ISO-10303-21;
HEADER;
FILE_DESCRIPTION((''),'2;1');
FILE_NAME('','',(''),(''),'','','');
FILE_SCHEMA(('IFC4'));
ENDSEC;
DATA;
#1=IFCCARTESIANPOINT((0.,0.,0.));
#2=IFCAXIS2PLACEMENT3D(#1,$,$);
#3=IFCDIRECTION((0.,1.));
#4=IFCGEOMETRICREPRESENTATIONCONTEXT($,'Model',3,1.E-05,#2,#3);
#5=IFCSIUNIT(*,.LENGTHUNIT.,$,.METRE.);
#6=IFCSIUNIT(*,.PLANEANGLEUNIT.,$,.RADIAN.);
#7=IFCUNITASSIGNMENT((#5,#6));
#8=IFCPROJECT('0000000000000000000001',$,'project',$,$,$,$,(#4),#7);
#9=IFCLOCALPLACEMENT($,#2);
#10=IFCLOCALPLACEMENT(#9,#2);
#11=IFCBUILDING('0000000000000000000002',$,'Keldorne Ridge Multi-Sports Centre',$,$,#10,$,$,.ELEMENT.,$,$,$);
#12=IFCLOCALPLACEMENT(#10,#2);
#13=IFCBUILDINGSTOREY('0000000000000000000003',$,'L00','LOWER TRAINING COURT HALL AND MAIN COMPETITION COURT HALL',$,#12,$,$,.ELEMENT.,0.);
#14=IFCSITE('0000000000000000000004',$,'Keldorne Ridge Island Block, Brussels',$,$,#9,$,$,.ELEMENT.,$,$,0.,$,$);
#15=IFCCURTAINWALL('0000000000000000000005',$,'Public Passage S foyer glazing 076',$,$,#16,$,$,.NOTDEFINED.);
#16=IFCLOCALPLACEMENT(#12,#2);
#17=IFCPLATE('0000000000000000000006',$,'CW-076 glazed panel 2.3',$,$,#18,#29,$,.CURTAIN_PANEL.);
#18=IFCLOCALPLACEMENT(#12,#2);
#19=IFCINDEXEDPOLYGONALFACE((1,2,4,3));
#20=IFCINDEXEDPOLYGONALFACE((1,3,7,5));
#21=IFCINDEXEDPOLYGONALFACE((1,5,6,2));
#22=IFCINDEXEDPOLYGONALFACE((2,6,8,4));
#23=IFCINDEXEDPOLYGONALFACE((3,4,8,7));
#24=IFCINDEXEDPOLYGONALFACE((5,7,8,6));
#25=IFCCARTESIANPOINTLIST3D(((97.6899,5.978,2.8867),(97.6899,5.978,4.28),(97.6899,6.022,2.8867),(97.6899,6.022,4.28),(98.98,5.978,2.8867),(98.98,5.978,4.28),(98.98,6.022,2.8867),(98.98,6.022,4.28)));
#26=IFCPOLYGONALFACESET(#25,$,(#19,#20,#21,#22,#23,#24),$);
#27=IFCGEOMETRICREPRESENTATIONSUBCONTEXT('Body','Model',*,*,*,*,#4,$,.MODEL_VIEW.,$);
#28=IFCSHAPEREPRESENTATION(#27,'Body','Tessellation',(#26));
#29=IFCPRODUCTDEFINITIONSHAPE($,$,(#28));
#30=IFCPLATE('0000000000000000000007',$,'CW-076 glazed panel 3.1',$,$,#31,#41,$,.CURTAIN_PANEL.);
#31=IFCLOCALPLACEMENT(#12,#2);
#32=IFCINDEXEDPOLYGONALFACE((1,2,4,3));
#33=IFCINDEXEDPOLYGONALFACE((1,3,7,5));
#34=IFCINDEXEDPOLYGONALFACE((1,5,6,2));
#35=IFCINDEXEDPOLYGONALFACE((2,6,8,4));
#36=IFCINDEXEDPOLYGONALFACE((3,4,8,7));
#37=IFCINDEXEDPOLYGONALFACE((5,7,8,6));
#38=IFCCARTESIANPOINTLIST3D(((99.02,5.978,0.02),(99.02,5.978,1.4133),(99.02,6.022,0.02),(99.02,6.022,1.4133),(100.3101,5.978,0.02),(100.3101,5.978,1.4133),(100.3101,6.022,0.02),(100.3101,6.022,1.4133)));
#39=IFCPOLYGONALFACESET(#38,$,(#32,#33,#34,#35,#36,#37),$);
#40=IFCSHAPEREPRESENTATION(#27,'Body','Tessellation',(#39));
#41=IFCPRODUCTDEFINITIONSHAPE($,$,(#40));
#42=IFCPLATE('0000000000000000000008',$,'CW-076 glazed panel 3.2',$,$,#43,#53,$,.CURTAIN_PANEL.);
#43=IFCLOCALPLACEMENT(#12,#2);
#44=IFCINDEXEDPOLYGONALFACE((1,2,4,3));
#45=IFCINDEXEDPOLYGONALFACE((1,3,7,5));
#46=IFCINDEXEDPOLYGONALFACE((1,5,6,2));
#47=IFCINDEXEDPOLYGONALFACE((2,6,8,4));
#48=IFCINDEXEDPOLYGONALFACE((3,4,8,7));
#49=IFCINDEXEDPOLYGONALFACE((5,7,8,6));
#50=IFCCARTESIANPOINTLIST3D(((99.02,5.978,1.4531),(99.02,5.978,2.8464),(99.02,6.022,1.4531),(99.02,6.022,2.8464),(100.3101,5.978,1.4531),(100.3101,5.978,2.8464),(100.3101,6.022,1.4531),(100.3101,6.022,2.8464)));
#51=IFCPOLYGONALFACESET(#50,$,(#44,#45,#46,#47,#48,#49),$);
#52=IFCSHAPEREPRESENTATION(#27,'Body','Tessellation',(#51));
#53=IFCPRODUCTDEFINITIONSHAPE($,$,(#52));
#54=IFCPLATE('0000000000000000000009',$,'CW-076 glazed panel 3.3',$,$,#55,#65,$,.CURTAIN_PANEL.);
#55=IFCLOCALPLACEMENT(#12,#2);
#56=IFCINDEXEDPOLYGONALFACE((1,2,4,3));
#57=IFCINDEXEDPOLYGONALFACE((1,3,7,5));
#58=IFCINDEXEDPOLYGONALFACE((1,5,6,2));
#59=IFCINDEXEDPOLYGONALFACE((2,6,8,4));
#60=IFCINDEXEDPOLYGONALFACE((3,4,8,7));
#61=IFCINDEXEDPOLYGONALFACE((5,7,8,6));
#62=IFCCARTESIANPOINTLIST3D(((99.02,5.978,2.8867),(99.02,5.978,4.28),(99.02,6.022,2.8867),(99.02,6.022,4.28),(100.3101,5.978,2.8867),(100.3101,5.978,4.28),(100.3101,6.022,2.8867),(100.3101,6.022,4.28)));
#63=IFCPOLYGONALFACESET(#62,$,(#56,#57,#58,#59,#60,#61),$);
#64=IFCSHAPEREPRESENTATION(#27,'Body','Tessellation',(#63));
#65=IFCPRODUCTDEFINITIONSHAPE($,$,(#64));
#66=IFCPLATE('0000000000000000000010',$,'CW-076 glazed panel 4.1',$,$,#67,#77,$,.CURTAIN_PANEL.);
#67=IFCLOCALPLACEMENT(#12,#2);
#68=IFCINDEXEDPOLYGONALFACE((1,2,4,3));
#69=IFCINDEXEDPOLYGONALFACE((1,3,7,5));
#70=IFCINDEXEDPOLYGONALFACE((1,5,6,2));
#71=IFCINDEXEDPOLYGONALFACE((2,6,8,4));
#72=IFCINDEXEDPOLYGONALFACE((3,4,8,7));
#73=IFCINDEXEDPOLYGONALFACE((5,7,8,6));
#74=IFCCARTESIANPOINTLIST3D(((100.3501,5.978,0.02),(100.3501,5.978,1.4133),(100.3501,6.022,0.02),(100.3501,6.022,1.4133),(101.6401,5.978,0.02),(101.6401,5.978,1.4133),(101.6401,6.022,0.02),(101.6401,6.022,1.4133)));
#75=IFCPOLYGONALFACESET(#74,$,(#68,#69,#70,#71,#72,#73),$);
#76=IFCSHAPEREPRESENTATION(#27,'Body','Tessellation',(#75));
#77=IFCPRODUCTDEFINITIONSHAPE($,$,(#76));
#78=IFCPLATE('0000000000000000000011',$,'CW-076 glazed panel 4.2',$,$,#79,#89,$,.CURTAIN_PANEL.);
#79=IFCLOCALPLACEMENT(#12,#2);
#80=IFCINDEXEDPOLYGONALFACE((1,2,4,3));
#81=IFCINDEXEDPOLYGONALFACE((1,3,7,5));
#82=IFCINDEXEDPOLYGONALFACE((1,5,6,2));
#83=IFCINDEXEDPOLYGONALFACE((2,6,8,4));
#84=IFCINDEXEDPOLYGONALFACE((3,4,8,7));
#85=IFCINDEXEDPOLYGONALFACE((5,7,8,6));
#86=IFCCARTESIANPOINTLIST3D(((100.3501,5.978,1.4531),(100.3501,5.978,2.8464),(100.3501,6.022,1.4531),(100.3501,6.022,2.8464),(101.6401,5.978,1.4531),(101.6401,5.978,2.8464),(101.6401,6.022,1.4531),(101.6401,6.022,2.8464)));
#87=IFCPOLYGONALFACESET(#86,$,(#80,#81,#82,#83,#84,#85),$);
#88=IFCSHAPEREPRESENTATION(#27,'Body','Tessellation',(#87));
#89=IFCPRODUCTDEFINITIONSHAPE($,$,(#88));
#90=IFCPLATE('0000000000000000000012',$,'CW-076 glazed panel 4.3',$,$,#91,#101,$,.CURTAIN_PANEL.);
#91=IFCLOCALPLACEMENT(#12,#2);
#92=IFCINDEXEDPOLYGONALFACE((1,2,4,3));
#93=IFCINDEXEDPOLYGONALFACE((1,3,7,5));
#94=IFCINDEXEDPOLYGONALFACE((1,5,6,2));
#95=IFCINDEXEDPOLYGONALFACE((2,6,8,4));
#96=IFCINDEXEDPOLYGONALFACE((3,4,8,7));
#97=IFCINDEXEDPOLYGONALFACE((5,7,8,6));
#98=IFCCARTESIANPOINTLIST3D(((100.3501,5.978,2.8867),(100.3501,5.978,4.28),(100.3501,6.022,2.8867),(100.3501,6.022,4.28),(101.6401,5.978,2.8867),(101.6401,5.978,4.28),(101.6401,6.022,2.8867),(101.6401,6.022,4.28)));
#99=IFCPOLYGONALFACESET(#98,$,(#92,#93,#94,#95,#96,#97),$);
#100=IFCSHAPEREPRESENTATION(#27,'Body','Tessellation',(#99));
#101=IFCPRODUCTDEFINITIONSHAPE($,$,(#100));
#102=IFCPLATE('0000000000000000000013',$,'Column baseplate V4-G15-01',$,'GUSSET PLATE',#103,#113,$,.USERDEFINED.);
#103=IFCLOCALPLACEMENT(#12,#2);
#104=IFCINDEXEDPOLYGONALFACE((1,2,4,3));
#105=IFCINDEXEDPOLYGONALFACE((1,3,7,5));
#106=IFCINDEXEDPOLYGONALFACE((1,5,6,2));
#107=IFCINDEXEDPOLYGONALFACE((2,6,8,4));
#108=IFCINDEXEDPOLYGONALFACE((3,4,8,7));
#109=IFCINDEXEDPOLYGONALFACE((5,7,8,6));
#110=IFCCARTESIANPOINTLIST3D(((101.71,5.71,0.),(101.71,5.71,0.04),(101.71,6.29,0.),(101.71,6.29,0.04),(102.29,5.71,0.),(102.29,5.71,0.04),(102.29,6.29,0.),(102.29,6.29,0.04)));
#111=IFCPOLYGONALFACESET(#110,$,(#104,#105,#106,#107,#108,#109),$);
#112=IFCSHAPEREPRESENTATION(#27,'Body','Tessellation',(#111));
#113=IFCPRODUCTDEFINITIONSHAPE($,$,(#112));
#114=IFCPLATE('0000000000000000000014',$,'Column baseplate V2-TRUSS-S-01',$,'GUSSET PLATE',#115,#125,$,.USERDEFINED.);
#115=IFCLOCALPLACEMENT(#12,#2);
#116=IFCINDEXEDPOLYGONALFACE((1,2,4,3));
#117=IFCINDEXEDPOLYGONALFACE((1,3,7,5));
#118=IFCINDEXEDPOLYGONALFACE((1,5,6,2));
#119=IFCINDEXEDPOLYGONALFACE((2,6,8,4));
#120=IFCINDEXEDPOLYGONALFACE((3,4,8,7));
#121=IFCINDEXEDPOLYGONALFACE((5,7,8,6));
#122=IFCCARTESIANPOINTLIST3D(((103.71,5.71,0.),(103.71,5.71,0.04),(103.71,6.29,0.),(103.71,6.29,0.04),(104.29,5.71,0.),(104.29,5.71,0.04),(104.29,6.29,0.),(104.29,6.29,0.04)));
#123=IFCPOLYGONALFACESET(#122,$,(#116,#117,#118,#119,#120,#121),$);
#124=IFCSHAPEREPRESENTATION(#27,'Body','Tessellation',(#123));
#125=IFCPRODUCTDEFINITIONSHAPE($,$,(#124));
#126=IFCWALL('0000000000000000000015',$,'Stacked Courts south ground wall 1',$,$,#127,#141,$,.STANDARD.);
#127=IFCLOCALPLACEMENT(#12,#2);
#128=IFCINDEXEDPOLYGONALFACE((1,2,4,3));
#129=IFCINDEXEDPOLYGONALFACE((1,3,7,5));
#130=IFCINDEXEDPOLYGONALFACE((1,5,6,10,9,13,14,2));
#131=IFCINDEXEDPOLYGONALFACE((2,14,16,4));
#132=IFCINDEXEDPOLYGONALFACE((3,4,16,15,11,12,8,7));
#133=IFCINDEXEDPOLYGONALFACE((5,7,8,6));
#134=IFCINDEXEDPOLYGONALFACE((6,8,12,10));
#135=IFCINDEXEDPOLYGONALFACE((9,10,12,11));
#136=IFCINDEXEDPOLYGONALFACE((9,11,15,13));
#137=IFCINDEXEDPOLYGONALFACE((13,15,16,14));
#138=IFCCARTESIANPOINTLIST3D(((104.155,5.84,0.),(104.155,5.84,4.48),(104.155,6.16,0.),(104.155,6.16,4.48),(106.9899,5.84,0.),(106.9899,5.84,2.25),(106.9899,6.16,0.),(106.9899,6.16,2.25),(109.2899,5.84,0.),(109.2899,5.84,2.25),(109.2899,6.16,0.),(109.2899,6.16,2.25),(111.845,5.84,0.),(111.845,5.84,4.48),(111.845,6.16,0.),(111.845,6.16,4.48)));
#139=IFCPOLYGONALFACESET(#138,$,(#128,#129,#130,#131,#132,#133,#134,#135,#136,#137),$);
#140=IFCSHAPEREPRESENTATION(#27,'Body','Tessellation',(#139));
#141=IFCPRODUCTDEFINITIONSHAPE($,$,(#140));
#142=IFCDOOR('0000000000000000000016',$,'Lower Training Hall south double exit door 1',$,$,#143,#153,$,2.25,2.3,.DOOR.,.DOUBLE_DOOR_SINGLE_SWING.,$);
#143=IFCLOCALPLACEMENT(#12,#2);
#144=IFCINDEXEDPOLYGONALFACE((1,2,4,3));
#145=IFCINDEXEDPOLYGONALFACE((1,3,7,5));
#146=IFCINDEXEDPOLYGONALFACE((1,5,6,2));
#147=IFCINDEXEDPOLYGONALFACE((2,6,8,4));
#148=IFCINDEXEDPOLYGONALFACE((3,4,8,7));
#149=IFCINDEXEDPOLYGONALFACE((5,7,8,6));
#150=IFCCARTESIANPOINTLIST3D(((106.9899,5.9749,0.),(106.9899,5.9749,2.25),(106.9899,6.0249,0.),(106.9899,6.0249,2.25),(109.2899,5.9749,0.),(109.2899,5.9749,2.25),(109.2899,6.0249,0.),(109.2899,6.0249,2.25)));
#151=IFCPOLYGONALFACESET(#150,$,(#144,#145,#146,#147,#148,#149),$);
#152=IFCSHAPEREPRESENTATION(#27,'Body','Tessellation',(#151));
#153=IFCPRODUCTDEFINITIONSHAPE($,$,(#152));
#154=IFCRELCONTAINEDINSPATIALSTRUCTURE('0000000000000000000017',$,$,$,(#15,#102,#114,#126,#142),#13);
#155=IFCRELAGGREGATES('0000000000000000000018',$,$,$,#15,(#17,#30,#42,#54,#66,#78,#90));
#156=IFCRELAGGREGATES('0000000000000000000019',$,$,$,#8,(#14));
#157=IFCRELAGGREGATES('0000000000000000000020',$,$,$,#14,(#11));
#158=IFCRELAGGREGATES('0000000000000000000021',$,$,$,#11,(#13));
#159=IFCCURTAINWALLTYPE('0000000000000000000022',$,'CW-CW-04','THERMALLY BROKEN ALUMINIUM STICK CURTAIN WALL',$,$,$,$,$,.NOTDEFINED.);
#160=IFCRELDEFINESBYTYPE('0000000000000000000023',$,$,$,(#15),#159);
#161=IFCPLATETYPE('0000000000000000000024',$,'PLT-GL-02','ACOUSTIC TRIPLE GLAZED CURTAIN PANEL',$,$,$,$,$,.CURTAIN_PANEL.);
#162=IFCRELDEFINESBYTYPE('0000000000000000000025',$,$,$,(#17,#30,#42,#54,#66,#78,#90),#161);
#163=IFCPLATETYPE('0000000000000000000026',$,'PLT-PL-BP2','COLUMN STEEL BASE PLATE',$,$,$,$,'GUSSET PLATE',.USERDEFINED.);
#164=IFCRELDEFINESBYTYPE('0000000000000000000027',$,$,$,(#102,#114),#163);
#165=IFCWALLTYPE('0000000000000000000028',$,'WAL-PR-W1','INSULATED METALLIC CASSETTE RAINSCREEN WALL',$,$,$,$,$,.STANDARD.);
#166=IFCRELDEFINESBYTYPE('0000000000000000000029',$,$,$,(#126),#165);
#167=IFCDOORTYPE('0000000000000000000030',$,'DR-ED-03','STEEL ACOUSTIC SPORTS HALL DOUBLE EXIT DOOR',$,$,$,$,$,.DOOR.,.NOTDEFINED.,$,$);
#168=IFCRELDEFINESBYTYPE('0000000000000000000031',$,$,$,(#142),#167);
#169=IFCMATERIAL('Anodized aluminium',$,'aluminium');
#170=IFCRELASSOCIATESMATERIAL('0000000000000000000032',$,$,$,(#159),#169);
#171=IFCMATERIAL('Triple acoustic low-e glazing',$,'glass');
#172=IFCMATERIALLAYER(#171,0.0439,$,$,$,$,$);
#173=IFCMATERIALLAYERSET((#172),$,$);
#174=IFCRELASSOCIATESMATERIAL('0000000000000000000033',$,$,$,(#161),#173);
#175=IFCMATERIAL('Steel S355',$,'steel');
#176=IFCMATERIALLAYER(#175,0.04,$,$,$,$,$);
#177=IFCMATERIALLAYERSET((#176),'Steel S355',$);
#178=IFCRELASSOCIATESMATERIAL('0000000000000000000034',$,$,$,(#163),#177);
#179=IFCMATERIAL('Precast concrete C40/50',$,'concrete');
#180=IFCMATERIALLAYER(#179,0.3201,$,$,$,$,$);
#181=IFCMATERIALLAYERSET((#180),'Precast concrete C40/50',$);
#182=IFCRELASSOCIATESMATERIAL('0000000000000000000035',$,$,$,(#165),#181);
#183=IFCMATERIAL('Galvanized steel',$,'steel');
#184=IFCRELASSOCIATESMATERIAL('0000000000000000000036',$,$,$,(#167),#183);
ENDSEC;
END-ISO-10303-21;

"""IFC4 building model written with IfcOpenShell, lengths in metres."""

from ifc_helpers import new_model, si_unit, direction, frame, frame_2d, origin, origin_2d, place, context, subcontext, project, spatial, rectangle, extrude, material, layer, layer_set, type_object, element, fill, aggregate, save


model = new_model("IFC4")

# Units and contexts
model_context = context("Model", 3, precision=1e-05, world=origin(), true_north=direction((0.0, 1.0)))
body_context = subcontext(model_context, "Body", "Model", "MODEL_VIEW")
ifc_project = project(units=[si_unit("LENGTHUNIT", "METRE"), si_unit("PLANEANGLEUNIT", "RADIAN")], contexts=[model_context])

# Site, building, storey
site_placement = place(None, origin())
site = spatial("IfcSite", under=ifc_project, at=site_placement, Name="Keldorne Ridge Island Block, Brussels", CompositionType="ELEMENT", RefElevation=0.0)
building_placement = place(site_placement, origin())
building = spatial("IfcBuilding", under=site, at=building_placement, Name="Keldorne Ridge Multi-Sports Centre", CompositionType="ELEMENT")
storey_placement = place(building_placement, origin())
storey = spatial("IfcBuildingStorey", under=building, at=storey_placement, Name="L00", Description="LOWER TRAINING COURT HALL AND MAIN COMPETITION COURT HALL", CompositionType="ELEMENT", Elevation=0.0)

# Shared definitions
ifc_material_1 = material(Name="Steel S355", Category="steel")

# Curtain wall, plates
ifc_material_2 = material(Name="Anodized aluminium", Category="aluminium")
curtain_wall_type = type_object("IfcCurtainWallType", Name="CW-CW-04", Description="THERMALLY BROKEN ALUMINIUM STICK CURTAIN WALL", PredefinedType="NOTDEFINED", material=ifc_material_2)
curtain_wall_placement = place(storey_placement, origin())
curtain_wall = element("IfcCurtainWall", 1, at=curtain_wall_placement, inside=storey, type_object=curtain_wall_type, Name="Public Passage S foyer glazing 076", PredefinedType="NOTDEFINED")
ifc_material_3 = material(Name="Triple acoustic low-e glazing", Category="glass")
ifc_layer_1 = layer(ifc_material_3, 0.0439)
ifc_layer_set_1 = layer_set([ifc_layer_1])
plate_type_1 = type_object("IfcPlateType", Name="PLT-GL-02", Description="ACOUSTIC TRIPLE GLAZED CURTAIN PANEL", PredefinedType="CURTAIN_PANEL", material=ifc_layer_set_1)
plate_1_placement = place(storey_placement, frame((98.335, 6.0, 2.8867), z_axis=(0.0, 0.0, 1.0), x_axis=(1.0, 0.0, 0.0)))
plate_1 = element("IfcPlate", 2, at=plate_1_placement, type_object=plate_type_1, Name="CW-076 glazed panel 2.3", PredefinedType="CURTAIN_PANEL", context=body_context, shape_type="SweptSolid", body=[
    extrude(rectangle(XDim=1.29, YDim=0.0439, at=origin_2d()), origin(), (0.0, 0.0, 1.0), 1.3933),
])
plate_2_placement = place(storey_placement, frame((99.665, 6.0, 0.02), z_axis=(0.0, 0.0, 1.0), x_axis=(1.0, 0.0, 0.0)))
plate_2 = element("IfcPlate", 3, at=plate_2_placement, type_object=plate_type_1, Name="CW-076 glazed panel 3.1", PredefinedType="CURTAIN_PANEL", context=body_context, shape_type="SweptSolid", body=[
    extrude(rectangle(XDim=1.29, YDim=0.0439, at=origin_2d()), origin(), (0.0, 0.0, 1.0), 1.3933),
])
plate_3_placement = place(storey_placement, frame((99.665, 6.0, 1.4531), z_axis=(0.0, 0.0, 1.0), x_axis=(1.0, 0.0, 0.0)))
plate_3 = element("IfcPlate", 4, at=plate_3_placement, type_object=plate_type_1, Name="CW-076 glazed panel 3.2", PredefinedType="CURTAIN_PANEL", context=body_context, shape_type="SweptSolid", body=[
    extrude(rectangle(XDim=1.29, YDim=0.0439, at=origin_2d()), origin(), (0.0, 0.0, 1.0), 1.3933),
])
plate_4_placement = place(storey_placement, frame((99.665, 6.0, 2.8867), z_axis=(0.0, 0.0, 1.0), x_axis=(1.0, 0.0, 0.0)))
plate_4 = element("IfcPlate", 5, at=plate_4_placement, type_object=plate_type_1, Name="CW-076 glazed panel 3.3", PredefinedType="CURTAIN_PANEL", context=body_context, shape_type="SweptSolid", body=[
    extrude(rectangle(XDim=1.29, YDim=0.0439, at=origin_2d()), origin(), (0.0, 0.0, 1.0), 1.3933),
])
plate_5_placement = place(storey_placement, frame((100.9951, 6.0, 0.02), z_axis=(0.0, 0.0, 1.0), x_axis=(1.0, 0.0, 0.0)))
plate_5 = element("IfcPlate", 6, at=plate_5_placement, type_object=plate_type_1, Name="CW-076 glazed panel 4.1", PredefinedType="CURTAIN_PANEL", context=body_context, shape_type="SweptSolid", body=[
    extrude(rectangle(XDim=1.29, YDim=0.0439, at=origin_2d()), origin(), (0.0, 0.0, 1.0), 1.3933),
])
plate_6_placement = place(storey_placement, frame((100.9951, 6.0, 1.4531), z_axis=(0.0, 0.0, 1.0), x_axis=(1.0, 0.0, 0.0)))
plate_6 = element("IfcPlate", 7, at=plate_6_placement, type_object=plate_type_1, Name="CW-076 glazed panel 4.2", PredefinedType="CURTAIN_PANEL", context=body_context, shape_type="SweptSolid", body=[
    extrude(rectangle(XDim=1.29, YDim=0.0439, at=origin_2d()), origin(), (0.0, 0.0, 1.0), 1.3933),
])
plate_7_placement = place(storey_placement, frame((100.9951, 6.0, 2.8867), z_axis=(0.0, 0.0, 1.0), x_axis=(1.0, 0.0, 0.0)))
plate_7 = element("IfcPlate", 8, at=plate_7_placement, type_object=plate_type_1, Name="CW-076 glazed panel 4.3", PredefinedType="CURTAIN_PANEL", context=body_context, shape_type="SweptSolid", body=[
    extrude(rectangle(XDim=1.29, YDim=0.0439, at=origin_2d()), origin(), (0.0, 0.0, 1.0), 1.3933),
])
aggregate(curtain_wall, [plate_1, plate_2, plate_3, plate_4, plate_5, plate_6, plate_7])

# Plates
ifc_layer_2 = layer(ifc_material_1, 0.04)
ifc_layer_set_2 = layer_set([ifc_layer_2], Name="Steel S355")
plate_type_2 = type_object("IfcPlateType", Name="PLT-PL-BP2", Description="COLUMN STEEL BASE PLATE", ElementType="GUSSET PLATE", PredefinedType="USERDEFINED", material=ifc_layer_set_2)
for number, where, z_axis, x_axis, name in (
    (9, (102.0, 6.0, 0.0), (0.0, 0.0, 1.0), (1.0, 0.0, 0.0), "Column baseplate V4-G15-01"),
    (10, (104.0, 6.0, 0.0), (0.0, 0.0, 1.0), (1.0, 0.0, 0.0), "Column baseplate V2-TRUSS-S-01"),
):
    element("IfcPlate", number, at=place(storey_placement, frame(where, z_axis=z_axis, x_axis=x_axis)), inside=storey, type_object=plate_type_2, Name=name, ObjectType="GUSSET PLATE", PredefinedType="USERDEFINED", context=body_context, shape_type="SweptSolid", body=[
        extrude(rectangle(XDim=0.5801, YDim=0.5801, at=origin_2d()), origin(), (0.0, 0.0, 1.0), 0.04),
    ])

# Wall, opening, door
ifc_material_4 = material(Name="Precast concrete C40/50", Category="concrete")
ifc_layer_3 = layer(ifc_material_4, 0.3201)
ifc_layer_set_3 = layer_set([ifc_layer_3], Name="Precast concrete C40/50")
wall_type = type_object("IfcWallType", Name="WAL-PR-W1", Description="INSULATED METALLIC CASSETTE RAINSCREEN WALL", PredefinedType="STANDARD", material=ifc_layer_set_3)
wall_placement = place(storey_placement, frame((104.155, 6.0, 0.0), z_axis=(0.0, 0.0, 1.0), x_axis=(1.0, 0.0, 0.0)))
wall = element("IfcWall", 11, at=wall_placement, inside=storey, type_object=wall_type, Name="Stacked Courts south ground wall 1", PredefinedType="STANDARD", context=body_context, shape_type="SweptSolid", body=[
    extrude(rectangle(XDim=7.6899, YDim=0.3201, at=frame_2d((3.845, 0.0))), origin(), (0.0, 0.0, 1.0), 4.48),
])
opening_placement = place(wall_placement, frame((2.835, 0.0, 0.0)))
opening = element("IfcOpeningElement", 12, at=opening_placement, cuts=wall, PredefinedType="OPENING", context=body_context, shape_type="SweptSolid", body=[
    extrude(rectangle(XDim=2.3, YDim=2.25, at=frame_2d((1.1499, 1.125))), frame((0.0, 0.1699, 0.0), z_axis=(0.0, -1.0, 0.0), x_axis=(1.0, 0.0, 0.0)), (0.0, 0.0, 1.0), 0.3401),
])
ifc_material_5 = material(Name="Galvanized steel", Category="steel")
door_type = type_object("IfcDoorType", Name="DR-ED-03", Description="STEEL ACOUSTIC SPORTS HALL DOUBLE EXIT DOOR", OperationType="NOTDEFINED", PredefinedType="DOOR", material=ifc_material_5)
door_placement = place(opening_placement, origin())
door = element("IfcDoor", 13, at=door_placement, inside=storey, type_object=door_type, Name="Lower Training Hall south double exit door 1", OperationType="DOUBLE_DOOR_SINGLE_SWING", OverallHeight=2.25, OverallWidth=2.3, PredefinedType="DOOR", context=body_context, shape_type="SweptSolid", body=[
    extrude(rectangle(XDim=2.3, YDim=2.25, at=frame_2d((1.1499, 1.125))), frame((0.0, 0.0249, 0.0), z_axis=(0.0, -1.0, 0.0), x_axis=(1.0, 0.0, 0.0)), (0.0, 0.0, 1.0), 0.05),
])
fill(opening, door)

save(model, "model.ifc")
